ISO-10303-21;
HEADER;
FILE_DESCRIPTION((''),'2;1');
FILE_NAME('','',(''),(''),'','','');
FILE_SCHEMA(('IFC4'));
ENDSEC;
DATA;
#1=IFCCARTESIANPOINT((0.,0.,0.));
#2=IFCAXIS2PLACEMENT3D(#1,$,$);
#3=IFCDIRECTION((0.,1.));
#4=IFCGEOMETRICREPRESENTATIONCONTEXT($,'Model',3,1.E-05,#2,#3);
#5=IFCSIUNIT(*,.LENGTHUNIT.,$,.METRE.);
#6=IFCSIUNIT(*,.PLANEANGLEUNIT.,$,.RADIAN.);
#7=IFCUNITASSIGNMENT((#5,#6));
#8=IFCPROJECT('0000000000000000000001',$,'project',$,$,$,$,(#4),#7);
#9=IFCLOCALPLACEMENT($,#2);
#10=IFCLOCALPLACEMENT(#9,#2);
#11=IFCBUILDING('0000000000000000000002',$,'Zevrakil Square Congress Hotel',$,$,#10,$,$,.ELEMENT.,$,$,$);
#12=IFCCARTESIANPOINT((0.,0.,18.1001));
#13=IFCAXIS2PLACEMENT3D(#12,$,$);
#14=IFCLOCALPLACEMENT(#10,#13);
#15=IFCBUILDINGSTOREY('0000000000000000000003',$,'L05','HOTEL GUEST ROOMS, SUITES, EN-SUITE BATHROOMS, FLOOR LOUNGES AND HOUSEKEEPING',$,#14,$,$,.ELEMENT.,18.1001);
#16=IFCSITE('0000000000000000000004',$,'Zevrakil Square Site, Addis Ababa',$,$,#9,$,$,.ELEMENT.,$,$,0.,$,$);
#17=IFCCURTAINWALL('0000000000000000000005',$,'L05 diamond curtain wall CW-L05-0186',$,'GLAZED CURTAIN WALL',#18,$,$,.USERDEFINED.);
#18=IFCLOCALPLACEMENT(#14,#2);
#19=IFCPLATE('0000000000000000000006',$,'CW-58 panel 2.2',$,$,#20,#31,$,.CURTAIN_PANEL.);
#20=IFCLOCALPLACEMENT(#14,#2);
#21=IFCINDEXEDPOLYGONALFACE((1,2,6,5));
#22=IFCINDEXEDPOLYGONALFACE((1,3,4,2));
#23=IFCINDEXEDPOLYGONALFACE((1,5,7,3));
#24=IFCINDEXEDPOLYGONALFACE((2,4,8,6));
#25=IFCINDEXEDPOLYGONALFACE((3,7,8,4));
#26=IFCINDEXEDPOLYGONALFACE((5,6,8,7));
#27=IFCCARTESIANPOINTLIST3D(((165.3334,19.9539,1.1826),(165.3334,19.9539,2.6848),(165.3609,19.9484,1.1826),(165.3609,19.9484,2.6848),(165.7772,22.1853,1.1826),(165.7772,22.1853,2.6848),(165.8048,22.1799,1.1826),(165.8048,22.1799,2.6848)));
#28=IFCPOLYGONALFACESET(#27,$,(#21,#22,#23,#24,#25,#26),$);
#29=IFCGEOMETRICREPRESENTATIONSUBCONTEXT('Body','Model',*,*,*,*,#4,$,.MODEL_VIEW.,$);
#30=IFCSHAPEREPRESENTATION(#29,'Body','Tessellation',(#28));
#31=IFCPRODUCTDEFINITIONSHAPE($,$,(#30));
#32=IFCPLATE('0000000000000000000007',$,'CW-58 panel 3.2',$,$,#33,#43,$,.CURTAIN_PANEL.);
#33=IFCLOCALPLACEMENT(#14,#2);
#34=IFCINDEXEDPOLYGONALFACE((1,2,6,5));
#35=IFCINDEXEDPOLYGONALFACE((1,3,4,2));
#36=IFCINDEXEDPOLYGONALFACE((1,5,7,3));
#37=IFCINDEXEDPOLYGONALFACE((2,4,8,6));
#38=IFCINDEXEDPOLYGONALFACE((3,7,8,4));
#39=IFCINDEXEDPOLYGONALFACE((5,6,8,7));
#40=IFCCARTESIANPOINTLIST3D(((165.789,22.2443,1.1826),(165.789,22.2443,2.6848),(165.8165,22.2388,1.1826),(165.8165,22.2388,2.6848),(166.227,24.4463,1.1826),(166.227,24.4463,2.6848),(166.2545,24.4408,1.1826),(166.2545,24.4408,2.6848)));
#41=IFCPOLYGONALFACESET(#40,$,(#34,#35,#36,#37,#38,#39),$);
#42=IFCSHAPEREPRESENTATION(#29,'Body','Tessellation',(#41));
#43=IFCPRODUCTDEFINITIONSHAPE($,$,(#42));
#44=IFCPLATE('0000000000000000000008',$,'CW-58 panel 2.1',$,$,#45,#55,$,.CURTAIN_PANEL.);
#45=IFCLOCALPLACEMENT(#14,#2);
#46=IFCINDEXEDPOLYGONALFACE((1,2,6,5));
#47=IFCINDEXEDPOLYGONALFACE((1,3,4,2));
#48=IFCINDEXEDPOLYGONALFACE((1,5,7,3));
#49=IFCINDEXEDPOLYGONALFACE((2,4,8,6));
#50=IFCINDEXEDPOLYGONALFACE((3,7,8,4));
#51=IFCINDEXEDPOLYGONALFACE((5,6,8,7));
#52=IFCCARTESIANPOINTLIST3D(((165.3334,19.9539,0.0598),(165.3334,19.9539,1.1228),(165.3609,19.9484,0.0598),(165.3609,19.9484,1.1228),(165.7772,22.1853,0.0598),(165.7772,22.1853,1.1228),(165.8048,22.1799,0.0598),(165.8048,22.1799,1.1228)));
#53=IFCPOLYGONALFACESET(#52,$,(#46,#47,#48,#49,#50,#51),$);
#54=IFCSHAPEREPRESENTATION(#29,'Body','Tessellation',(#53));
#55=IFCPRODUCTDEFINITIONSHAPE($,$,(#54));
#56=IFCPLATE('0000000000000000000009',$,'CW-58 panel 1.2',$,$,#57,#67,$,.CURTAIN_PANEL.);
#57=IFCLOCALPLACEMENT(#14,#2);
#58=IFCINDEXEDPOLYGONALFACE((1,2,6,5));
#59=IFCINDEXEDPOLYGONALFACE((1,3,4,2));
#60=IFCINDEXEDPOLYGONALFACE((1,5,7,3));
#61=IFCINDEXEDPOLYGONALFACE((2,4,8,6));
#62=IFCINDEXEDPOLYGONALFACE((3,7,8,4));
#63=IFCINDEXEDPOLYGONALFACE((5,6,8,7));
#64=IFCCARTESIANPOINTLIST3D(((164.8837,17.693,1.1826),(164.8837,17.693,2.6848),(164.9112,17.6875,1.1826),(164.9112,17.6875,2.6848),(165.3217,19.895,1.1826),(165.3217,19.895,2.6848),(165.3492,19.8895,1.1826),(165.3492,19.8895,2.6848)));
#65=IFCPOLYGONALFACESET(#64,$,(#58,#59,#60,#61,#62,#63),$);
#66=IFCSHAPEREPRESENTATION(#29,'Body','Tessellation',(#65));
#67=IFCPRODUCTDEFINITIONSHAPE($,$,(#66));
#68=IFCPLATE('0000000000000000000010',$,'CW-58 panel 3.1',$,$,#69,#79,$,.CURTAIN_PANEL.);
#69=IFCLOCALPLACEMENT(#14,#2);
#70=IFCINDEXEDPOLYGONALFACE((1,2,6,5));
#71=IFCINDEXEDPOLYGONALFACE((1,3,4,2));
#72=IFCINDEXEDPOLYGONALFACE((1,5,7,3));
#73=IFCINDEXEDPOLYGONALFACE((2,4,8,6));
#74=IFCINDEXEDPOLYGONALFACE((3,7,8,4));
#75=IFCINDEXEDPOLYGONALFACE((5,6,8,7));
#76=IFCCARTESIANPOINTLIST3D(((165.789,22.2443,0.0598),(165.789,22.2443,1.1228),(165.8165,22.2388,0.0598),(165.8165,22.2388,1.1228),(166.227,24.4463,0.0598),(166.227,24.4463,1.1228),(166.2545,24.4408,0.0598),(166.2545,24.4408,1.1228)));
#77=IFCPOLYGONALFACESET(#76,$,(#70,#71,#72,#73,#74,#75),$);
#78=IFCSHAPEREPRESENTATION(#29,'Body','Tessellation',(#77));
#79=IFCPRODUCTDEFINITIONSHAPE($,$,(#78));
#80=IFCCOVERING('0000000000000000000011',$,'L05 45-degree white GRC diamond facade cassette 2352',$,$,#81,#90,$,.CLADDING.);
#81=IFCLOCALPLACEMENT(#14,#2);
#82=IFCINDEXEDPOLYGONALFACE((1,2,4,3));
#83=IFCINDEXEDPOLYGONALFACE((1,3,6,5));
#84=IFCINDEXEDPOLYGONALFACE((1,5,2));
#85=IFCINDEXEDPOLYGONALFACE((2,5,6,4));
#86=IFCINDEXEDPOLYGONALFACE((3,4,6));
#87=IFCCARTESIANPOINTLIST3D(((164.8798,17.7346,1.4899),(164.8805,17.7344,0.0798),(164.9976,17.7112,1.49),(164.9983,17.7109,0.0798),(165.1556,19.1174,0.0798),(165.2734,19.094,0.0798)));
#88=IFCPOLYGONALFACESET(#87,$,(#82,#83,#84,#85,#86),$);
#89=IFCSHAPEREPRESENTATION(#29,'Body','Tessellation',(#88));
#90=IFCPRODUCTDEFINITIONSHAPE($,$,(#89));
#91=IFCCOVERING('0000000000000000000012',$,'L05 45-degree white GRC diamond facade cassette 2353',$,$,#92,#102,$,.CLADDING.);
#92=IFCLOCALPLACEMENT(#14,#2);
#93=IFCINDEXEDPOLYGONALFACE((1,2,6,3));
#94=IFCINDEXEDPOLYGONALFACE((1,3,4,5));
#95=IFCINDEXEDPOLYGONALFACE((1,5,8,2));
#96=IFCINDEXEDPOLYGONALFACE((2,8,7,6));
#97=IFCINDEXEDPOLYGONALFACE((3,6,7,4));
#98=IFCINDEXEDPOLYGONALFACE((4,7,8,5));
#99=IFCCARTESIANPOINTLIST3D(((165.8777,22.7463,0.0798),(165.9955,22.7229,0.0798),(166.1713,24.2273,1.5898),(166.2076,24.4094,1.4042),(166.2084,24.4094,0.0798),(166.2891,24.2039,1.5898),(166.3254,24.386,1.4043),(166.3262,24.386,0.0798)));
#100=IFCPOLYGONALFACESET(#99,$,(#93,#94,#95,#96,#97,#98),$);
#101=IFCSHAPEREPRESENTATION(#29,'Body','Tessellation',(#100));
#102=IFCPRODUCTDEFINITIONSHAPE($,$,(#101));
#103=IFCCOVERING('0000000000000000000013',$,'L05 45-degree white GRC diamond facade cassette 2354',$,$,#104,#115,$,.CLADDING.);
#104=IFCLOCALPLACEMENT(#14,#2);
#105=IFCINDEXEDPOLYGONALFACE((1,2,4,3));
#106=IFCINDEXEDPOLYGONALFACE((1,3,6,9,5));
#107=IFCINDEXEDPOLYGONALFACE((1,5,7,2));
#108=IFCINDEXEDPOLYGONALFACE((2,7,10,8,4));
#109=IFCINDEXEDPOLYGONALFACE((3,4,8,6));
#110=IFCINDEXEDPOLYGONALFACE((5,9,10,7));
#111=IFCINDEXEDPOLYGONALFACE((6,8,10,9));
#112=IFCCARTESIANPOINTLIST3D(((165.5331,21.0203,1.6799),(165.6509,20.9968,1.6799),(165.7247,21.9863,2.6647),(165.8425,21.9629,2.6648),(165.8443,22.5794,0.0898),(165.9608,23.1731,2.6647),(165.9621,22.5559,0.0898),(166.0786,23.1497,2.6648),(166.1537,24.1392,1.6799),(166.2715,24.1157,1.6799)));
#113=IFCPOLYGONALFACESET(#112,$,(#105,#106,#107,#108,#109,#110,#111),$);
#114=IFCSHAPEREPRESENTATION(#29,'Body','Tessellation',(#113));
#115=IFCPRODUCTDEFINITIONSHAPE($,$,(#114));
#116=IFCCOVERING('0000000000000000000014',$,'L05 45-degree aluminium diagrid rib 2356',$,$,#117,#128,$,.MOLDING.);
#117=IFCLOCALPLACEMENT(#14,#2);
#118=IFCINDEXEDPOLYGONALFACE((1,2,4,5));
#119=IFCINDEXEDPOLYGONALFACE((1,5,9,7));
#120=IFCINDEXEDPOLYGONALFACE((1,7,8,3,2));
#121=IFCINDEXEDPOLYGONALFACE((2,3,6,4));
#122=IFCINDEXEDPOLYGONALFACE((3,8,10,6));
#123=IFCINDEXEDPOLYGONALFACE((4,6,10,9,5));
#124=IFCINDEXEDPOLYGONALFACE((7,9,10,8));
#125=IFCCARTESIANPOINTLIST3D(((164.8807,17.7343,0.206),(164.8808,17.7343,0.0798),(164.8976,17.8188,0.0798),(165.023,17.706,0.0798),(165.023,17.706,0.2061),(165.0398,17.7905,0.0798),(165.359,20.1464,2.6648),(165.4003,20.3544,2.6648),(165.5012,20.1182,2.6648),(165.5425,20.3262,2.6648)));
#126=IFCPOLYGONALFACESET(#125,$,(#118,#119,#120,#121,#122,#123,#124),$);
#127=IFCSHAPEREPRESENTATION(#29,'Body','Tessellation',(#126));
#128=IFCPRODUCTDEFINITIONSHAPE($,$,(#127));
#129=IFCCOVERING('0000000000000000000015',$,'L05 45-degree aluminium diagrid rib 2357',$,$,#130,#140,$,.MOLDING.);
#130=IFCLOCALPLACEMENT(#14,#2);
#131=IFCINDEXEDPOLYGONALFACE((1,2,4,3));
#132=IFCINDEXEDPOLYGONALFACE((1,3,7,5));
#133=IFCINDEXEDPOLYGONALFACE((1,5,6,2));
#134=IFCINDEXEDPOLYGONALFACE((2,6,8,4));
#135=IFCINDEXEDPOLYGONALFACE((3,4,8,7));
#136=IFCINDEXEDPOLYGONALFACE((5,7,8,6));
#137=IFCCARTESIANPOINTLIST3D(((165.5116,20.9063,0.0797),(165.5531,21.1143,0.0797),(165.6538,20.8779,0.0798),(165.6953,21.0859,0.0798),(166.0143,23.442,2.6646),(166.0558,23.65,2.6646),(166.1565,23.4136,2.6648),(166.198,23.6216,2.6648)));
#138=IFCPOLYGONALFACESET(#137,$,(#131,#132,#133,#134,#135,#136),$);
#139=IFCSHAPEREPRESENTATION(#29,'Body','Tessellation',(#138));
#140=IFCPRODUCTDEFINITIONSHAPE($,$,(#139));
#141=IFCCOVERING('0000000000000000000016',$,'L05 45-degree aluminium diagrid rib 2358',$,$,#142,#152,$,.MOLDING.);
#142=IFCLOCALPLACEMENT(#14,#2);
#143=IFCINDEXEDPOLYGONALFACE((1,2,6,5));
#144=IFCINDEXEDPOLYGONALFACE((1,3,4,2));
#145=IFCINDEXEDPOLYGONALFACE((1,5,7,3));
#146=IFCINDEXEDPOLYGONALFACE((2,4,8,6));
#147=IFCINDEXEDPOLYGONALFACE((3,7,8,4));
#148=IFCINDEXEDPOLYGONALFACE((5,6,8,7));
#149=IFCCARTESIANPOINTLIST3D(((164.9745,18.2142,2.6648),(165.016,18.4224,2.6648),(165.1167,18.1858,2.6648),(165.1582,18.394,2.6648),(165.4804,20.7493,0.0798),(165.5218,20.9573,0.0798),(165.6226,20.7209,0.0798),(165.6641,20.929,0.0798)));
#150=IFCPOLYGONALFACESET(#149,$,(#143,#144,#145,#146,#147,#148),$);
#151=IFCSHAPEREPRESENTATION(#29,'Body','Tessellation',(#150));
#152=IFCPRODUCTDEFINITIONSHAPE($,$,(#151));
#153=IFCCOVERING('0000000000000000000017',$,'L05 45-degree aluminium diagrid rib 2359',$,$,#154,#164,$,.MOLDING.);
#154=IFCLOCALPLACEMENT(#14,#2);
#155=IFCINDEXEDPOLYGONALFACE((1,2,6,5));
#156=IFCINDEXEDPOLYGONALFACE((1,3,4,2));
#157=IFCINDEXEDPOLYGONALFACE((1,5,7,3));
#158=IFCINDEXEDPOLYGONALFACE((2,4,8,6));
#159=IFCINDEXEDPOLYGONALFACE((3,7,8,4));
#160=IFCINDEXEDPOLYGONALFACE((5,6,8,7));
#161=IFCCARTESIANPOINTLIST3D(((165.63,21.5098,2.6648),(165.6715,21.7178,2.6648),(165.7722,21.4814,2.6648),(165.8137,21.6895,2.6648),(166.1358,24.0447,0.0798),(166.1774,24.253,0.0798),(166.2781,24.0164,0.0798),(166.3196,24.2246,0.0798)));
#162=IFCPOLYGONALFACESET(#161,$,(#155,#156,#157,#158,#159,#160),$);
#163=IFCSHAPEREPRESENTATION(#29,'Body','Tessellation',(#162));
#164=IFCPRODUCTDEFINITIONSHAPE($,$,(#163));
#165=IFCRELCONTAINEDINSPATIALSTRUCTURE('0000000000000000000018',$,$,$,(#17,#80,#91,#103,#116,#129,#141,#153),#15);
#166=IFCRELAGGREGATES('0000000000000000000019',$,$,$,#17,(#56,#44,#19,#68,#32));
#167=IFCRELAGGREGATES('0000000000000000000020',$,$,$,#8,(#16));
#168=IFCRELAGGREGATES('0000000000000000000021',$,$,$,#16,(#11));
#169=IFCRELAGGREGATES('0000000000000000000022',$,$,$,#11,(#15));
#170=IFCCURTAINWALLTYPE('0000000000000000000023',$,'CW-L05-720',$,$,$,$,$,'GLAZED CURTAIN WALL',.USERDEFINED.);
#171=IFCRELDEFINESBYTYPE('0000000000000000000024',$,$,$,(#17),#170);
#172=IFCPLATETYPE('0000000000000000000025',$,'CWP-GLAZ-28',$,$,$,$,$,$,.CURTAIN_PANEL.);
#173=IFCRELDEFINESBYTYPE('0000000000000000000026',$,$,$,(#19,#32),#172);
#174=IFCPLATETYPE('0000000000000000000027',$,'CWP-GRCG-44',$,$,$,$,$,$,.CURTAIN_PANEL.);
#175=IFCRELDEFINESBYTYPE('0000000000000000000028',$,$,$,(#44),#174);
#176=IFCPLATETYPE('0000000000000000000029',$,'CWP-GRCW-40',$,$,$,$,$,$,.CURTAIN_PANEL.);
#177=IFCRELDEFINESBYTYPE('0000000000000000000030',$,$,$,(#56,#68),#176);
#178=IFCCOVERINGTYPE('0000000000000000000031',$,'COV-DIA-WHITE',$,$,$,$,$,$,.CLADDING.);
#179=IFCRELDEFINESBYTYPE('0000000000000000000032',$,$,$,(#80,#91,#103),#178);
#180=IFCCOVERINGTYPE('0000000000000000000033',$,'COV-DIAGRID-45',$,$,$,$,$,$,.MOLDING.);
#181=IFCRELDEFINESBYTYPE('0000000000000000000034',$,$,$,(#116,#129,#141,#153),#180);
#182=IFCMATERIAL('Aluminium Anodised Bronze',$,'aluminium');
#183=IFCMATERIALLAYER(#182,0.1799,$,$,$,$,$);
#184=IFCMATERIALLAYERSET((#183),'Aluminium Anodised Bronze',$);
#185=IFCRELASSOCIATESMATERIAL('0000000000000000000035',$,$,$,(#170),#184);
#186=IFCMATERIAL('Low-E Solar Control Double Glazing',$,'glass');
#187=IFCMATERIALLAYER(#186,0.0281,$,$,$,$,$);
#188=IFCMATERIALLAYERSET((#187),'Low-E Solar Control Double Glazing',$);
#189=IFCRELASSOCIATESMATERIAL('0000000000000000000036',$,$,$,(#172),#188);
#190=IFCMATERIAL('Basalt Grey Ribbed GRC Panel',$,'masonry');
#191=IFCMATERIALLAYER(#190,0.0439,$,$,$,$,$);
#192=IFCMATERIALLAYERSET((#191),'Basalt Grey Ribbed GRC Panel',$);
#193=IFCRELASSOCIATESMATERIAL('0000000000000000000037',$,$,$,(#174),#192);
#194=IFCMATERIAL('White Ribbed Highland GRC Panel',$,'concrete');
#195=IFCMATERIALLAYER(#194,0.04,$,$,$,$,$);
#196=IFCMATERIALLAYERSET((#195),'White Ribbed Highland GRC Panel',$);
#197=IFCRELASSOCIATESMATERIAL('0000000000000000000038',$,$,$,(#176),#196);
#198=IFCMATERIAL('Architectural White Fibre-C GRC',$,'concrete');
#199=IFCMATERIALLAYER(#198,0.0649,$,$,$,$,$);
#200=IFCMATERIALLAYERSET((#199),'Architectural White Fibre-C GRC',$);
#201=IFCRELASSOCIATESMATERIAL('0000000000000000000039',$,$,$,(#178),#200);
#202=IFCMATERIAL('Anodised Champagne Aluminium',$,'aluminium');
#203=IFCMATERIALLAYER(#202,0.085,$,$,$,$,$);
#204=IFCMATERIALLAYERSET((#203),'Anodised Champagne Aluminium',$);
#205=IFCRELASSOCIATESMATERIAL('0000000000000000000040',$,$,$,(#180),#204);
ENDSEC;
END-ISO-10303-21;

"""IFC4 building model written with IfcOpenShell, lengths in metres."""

from ifc_helpers import new_model, si_unit, direction, frame, origin, origin_2d, place, context, subcontext, project, spatial, polyline, rectangle, outline, extrude, material, layer, layer_set, type_object, element, aggregate, save


model = new_model("IFC4")

# Units and contexts
model_context = context("Model", 3, precision=1e-05, world=origin(), true_north=direction((0.0, 1.0)))
body_context = subcontext(model_context, "Body", "Model", "MODEL_VIEW")
ifc_project = project(units=[si_unit("LENGTHUNIT", "METRE"), si_unit("PLANEANGLEUNIT", "RADIAN")], contexts=[model_context])

# Site, building, storey
site_placement = place(None, origin())
site = spatial("IfcSite", under=ifc_project, at=site_placement, Name="Zevrakil Square Site, Addis Ababa", CompositionType="ELEMENT", RefElevation=0.0)
building_placement = place(site_placement, origin())
building = spatial("IfcBuilding", under=site, at=building_placement, Name="Zevrakil Square Congress Hotel", CompositionType="ELEMENT")
storey_placement = place(building_placement, frame((0.0, 0.0, 18.1001)))
storey = spatial("IfcBuildingStorey", under=building, at=storey_placement, Name="L05", Description="HOTEL GUEST ROOMS, SUITES, EN-SUITE BATHROOMS, FLOOR LOUNGES AND HOUSEKEEPING", CompositionType="ELEMENT", Elevation=18.1001)

# Curtain wall
ifc_material_1 = material(Name="Aluminium Anodised Bronze", Category="aluminium")
ifc_layer_1 = layer(ifc_material_1, 0.1799)
ifc_layer_set_1 = layer_set([ifc_layer_1], Name="Aluminium Anodised Bronze")
curtain_wall_type = type_object("IfcCurtainWallType", Name="CW-L05-720", ElementType="GLAZED CURTAIN WALL", PredefinedType="USERDEFINED", material=ifc_layer_set_1)
curtain_wall_1_placement = place(storey_placement, origin())
curtain_wall_1 = element("IfcCurtainWall", 1, at=curtain_wall_1_placement, inside=storey, type_object=curtain_wall_type, Name="L05 diamond curtain wall CW-L05-0186", ObjectType="GLAZED CURTAIN WALL", PredefinedType="USERDEFINED")

# Plates
ifc_material_2 = material(Name="Low-E Solar Control Double Glazing", Category="glass")
ifc_layer_2 = layer(ifc_material_2, 0.0281)
ifc_layer_set_2 = layer_set([ifc_layer_2], Name="Low-E Solar Control Double Glazing")
plate_type_1 = type_object("IfcPlateType", Name="CWP-GLAZ-28", PredefinedType="CURTAIN_PANEL", material=ifc_layer_set_2)
plate_1_placement = place(storey_placement, frame((165.5691, 21.0669, 1.1826), z_axis=(0.0, 0.0, 1.0), x_axis=(0.195084, 0.980787, 0.0)))
plate_1 = element("IfcPlate", 2, at=plate_1_placement, type_object=plate_type_1, Name="CW-58 panel 2.2", PredefinedType="CURTAIN_PANEL", context=body_context, shape_type="SweptSolid", body=[
    extrude(rectangle(XDim=2.2751, YDim=0.0281, at=origin_2d()), origin(), (0.0, 0.0, 1.0), 1.5022),
])
plate_2_placement = place(storey_placement, frame((166.0217, 23.3425, 1.1826), z_axis=(0.0, 0.0, 1.0), x_axis=(0.195084, 0.980787, 0.0)))
plate_2 = element("IfcPlate", 3, at=plate_2_placement, type_object=plate_type_1, Name="CW-58 panel 3.2", PredefinedType="CURTAIN_PANEL", context=body_context, shape_type="SweptSolid", body=[
    extrude(rectangle(XDim=2.2451, YDim=0.0281, at=origin_2d()), origin(), (0.0, 0.0, 1.0), 1.5022),
])
ifc_material_3 = material(Name="Basalt Grey Ribbed GRC Panel", Category="masonry")
ifc_layer_3 = layer(ifc_material_3, 0.0439)
ifc_layer_set_3 = layer_set([ifc_layer_3], Name="Basalt Grey Ribbed GRC Panel")
plate_type_2 = type_object("IfcPlateType", Name="CWP-GRCG-44", PredefinedType="CURTAIN_PANEL", material=ifc_layer_set_3)
plate_3_placement = place(storey_placement, frame((165.5691, 21.0669, 0.0598), z_axis=(0.0, 0.0, 1.0), x_axis=(0.195084, 0.980787, 0.0)))
plate_3 = element("IfcPlate", 4, at=plate_3_placement, type_object=plate_type_2, Name="CW-58 panel 2.1", PredefinedType="CURTAIN_PANEL", context=body_context, shape_type="SweptSolid", body=[
    extrude(rectangle(XDim=2.2751, YDim=0.0281, at=origin_2d()), origin(), (0.0, 0.0, 1.0), 1.063),
])
ifc_material_4 = material(Name="White Ribbed Highland GRC Panel", Category="concrete")
ifc_layer_4 = layer(ifc_material_4, 0.04)
ifc_layer_set_4 = layer_set([ifc_layer_4], Name="White Ribbed Highland GRC Panel")
plate_type_3 = type_object("IfcPlateType", Name="CWP-GRCW-40", PredefinedType="CURTAIN_PANEL", material=ifc_layer_set_4)
plate_4_placement = place(storey_placement, frame((165.1165, 18.7913, 1.1826), z_axis=(0.0, 0.0, 1.0), x_axis=(0.195084, 0.980787, 0.0)))
plate_4 = element("IfcPlate", 5, at=plate_4_placement, type_object=plate_type_3, Name="CW-58 panel 1.2", PredefinedType="CURTAIN_PANEL", context=body_context, shape_type="SweptSolid", body=[
    extrude(rectangle(XDim=2.2451, YDim=0.0281, at=origin_2d()), origin(), (0.0, 0.0, 1.0), 1.5022),
])
plate_5_placement = place(storey_placement, frame((166.0217, 23.3425, 0.0598), z_axis=(0.0, 0.0, 1.0), x_axis=(0.195084, 0.980787, 0.0)))
plate_5 = element("IfcPlate", 6, at=plate_5_placement, type_object=plate_type_3, Name="CW-58 panel 3.1", PredefinedType="CURTAIN_PANEL", context=body_context, shape_type="SweptSolid", body=[
    extrude(rectangle(XDim=2.2451, YDim=0.0281, at=origin_2d()), origin(), (0.0, 0.0, 1.0), 1.063),
])
aggregate(curtain_wall_1, [plate_4, plate_3, plate_1, plate_5, plate_2])

# Coverings
ifc_material_5 = material(Name="Architectural White Fibre-C GRC", Category="concrete")
ifc_layer_5 = layer(ifc_material_5, 0.0649)
ifc_layer_set_5 = layer_set([ifc_layer_5], Name="Architectural White Fibre-C GRC")
covering_type_1 = type_object("IfcCoveringType", Name="COV-DIA-WHITE", PredefinedType="CLADDING", material=ifc_layer_set_5)
covering_1_placement = place(storey_placement, frame((165.2734, 19.094, 0.0798), z_axis=(0.98078, -0.195117, 0.000543), x_axis=(-0.195117, -0.98078, 0.0)))
element("IfcCovering", 7, at=covering_1_placement, inside=storey, type_object=covering_type_1, Name="L05 45-degree white GRC diamond facade cassette 2352", PredefinedType="CLADDING", context=body_context, shape_type="SweptSolid", body=[
    extrude(outline(polyline([(0.0, 0.0), (1.4102, 0.0), (1.4101, -1.4102), (0.0, 0.0)])), origin(), (0.0, 0.0, -1.0), 0.1201),
])
covering_2_placement = place(storey_placement, frame((166.2891, 24.2039, 1.5898), z_axis=(0.980806, -0.194986, 0.000586), x_axis=(0.138331, 0.6937, -0.706856)))
element("IfcCovering", 8, at=covering_2_placement, inside=storey, type_object=covering_type_1, Name="L05 45-degree white GRC diamond facade cassette 2353", PredefinedType="CLADDING", context=body_context, shape_type="SweptSolid", body=[
    extrude(outline(polyline([(0.0, 0.0), (0.2625, 0.0), (1.1988, -0.9367), (-0.0006, -2.1353), (0.0, 0.0)])), origin(), (0.0, 0.0, -1.0), 0.1201),
])
covering_3_placement = place(storey_placement, frame((166.2715, 24.1157, 1.6799), z_axis=(0.980773, -0.19515, 0.000629), x_axis=(-0.13756, -0.69362, -0.707084)))
element("IfcCovering", 9, at=covering_3_placement, inside=storey, type_object=covering_type_1, Name="L05 45-degree white GRC diamond facade cassette 2354", PredefinedType="CLADDING", context=body_context, shape_type="SweptSolid", body=[
    extrude(outline(polyline([(0.0, 0.0), (2.2488, 0.0), (2.2487, -2.2486), (0.8559, -2.2486), (0.0002, -1.393), (0.0, 0.0)])), origin(), (0.0, 0.0, -1.0), 0.1201),
])
ifc_material_6 = material(Name="Anodised Champagne Aluminium", Category="aluminium")
ifc_layer_6 = layer(ifc_material_6, 0.085)
ifc_layer_set_6 = layer_set([ifc_layer_6], Name="Anodised Champagne Aluminium")
covering_type_2 = type_object("IfcCoveringType", Name="COV-DIAGRID-45", PredefinedType="MOLDING", material=ifc_layer_set_6)
covering_4_placement = place(storey_placement, frame((165.0398, 17.7905, 0.0798), z_axis=(0.980852, -0.194752, 0.000269), x_axis=(-0.194752, -0.980853, 0.0)))
element("IfcCovering", 10, at=covering_4_placement, inside=storey, type_object=covering_type_2, Name="L05 45-degree aluminium diagrid rib 2356", PredefinedType="MOLDING", context=body_context, shape_type="SweptSolid", body=[
    extrude(outline(polyline([(0.0, 0.0), (0.0861, 0.0), (0.0861, -0.1262), (-2.3729, -2.585), (-2.585, -2.585), (0.0, 0.0)])), origin(), (0.0, 0.0, -1.0), 0.145),
])
covering_5_placement = place(storey_placement, frame((165.6953, 21.0859, 0.0798), z_axis=(0.980668, -0.195673, 0.001234), x_axis=(-0.195673, -0.980669, 0.0)))
element("IfcCovering", 11, at=covering_5_placement, inside=storey, type_object=covering_type_2, Name="L05 45-degree aluminium diagrid rib 2357", PredefinedType="MOLDING", context=body_context, shape_type="SweptSolid", body=[
    extrude(outline(polyline([(0.0, 0.0), (0.2121, 0.0), (-2.3729, -2.585), (-2.585, -2.585), (0.0, 0.0)])), origin(), (0.0, 0.0, -1.0), 0.145),
])
covering_6_placement = place(storey_placement, frame((165.1167, 18.1858, 2.6648), z_axis=(0.980691, -0.195563, 0.000129), x_axis=(0.195563, 0.980691, 0.0)))
element("IfcCovering", 12, at=covering_6_placement, inside=storey, type_object=covering_type_2, Name="L05 45-degree aluminium diagrid rib 2358", PredefinedType="MOLDING", context=body_context, shape_type="SweptSolid", body=[
    extrude(outline(polyline([(0.0, 0.0), (0.2123, 0.0), (2.7972, -2.585), (2.5851, -2.585), (0.0, 0.0)])), origin(), (0.0, 0.0, -1.0), 0.145),
])
covering_7_placement = place(storey_placement, frame((165.7722, 21.4814, 2.6648), z_axis=(0.980691, -0.195563, 0.000129), x_axis=(0.195563, 0.980691, 0.0)))
element("IfcCovering", 13, at=covering_7_placement, inside=storey, type_object=covering_type_2, Name="L05 45-degree aluminium diagrid rib 2359", PredefinedType="MOLDING", context=body_context, shape_type="SweptSolid", body=[
    extrude(outline(polyline([(0.0, 0.0), (0.2121, 0.0), (2.7972, -2.585), (2.5849, -2.585), (0.0, 0.0)])), origin(), (0.0, 0.0, -1.0), 0.145),
])

save(model, "model.ifc")
